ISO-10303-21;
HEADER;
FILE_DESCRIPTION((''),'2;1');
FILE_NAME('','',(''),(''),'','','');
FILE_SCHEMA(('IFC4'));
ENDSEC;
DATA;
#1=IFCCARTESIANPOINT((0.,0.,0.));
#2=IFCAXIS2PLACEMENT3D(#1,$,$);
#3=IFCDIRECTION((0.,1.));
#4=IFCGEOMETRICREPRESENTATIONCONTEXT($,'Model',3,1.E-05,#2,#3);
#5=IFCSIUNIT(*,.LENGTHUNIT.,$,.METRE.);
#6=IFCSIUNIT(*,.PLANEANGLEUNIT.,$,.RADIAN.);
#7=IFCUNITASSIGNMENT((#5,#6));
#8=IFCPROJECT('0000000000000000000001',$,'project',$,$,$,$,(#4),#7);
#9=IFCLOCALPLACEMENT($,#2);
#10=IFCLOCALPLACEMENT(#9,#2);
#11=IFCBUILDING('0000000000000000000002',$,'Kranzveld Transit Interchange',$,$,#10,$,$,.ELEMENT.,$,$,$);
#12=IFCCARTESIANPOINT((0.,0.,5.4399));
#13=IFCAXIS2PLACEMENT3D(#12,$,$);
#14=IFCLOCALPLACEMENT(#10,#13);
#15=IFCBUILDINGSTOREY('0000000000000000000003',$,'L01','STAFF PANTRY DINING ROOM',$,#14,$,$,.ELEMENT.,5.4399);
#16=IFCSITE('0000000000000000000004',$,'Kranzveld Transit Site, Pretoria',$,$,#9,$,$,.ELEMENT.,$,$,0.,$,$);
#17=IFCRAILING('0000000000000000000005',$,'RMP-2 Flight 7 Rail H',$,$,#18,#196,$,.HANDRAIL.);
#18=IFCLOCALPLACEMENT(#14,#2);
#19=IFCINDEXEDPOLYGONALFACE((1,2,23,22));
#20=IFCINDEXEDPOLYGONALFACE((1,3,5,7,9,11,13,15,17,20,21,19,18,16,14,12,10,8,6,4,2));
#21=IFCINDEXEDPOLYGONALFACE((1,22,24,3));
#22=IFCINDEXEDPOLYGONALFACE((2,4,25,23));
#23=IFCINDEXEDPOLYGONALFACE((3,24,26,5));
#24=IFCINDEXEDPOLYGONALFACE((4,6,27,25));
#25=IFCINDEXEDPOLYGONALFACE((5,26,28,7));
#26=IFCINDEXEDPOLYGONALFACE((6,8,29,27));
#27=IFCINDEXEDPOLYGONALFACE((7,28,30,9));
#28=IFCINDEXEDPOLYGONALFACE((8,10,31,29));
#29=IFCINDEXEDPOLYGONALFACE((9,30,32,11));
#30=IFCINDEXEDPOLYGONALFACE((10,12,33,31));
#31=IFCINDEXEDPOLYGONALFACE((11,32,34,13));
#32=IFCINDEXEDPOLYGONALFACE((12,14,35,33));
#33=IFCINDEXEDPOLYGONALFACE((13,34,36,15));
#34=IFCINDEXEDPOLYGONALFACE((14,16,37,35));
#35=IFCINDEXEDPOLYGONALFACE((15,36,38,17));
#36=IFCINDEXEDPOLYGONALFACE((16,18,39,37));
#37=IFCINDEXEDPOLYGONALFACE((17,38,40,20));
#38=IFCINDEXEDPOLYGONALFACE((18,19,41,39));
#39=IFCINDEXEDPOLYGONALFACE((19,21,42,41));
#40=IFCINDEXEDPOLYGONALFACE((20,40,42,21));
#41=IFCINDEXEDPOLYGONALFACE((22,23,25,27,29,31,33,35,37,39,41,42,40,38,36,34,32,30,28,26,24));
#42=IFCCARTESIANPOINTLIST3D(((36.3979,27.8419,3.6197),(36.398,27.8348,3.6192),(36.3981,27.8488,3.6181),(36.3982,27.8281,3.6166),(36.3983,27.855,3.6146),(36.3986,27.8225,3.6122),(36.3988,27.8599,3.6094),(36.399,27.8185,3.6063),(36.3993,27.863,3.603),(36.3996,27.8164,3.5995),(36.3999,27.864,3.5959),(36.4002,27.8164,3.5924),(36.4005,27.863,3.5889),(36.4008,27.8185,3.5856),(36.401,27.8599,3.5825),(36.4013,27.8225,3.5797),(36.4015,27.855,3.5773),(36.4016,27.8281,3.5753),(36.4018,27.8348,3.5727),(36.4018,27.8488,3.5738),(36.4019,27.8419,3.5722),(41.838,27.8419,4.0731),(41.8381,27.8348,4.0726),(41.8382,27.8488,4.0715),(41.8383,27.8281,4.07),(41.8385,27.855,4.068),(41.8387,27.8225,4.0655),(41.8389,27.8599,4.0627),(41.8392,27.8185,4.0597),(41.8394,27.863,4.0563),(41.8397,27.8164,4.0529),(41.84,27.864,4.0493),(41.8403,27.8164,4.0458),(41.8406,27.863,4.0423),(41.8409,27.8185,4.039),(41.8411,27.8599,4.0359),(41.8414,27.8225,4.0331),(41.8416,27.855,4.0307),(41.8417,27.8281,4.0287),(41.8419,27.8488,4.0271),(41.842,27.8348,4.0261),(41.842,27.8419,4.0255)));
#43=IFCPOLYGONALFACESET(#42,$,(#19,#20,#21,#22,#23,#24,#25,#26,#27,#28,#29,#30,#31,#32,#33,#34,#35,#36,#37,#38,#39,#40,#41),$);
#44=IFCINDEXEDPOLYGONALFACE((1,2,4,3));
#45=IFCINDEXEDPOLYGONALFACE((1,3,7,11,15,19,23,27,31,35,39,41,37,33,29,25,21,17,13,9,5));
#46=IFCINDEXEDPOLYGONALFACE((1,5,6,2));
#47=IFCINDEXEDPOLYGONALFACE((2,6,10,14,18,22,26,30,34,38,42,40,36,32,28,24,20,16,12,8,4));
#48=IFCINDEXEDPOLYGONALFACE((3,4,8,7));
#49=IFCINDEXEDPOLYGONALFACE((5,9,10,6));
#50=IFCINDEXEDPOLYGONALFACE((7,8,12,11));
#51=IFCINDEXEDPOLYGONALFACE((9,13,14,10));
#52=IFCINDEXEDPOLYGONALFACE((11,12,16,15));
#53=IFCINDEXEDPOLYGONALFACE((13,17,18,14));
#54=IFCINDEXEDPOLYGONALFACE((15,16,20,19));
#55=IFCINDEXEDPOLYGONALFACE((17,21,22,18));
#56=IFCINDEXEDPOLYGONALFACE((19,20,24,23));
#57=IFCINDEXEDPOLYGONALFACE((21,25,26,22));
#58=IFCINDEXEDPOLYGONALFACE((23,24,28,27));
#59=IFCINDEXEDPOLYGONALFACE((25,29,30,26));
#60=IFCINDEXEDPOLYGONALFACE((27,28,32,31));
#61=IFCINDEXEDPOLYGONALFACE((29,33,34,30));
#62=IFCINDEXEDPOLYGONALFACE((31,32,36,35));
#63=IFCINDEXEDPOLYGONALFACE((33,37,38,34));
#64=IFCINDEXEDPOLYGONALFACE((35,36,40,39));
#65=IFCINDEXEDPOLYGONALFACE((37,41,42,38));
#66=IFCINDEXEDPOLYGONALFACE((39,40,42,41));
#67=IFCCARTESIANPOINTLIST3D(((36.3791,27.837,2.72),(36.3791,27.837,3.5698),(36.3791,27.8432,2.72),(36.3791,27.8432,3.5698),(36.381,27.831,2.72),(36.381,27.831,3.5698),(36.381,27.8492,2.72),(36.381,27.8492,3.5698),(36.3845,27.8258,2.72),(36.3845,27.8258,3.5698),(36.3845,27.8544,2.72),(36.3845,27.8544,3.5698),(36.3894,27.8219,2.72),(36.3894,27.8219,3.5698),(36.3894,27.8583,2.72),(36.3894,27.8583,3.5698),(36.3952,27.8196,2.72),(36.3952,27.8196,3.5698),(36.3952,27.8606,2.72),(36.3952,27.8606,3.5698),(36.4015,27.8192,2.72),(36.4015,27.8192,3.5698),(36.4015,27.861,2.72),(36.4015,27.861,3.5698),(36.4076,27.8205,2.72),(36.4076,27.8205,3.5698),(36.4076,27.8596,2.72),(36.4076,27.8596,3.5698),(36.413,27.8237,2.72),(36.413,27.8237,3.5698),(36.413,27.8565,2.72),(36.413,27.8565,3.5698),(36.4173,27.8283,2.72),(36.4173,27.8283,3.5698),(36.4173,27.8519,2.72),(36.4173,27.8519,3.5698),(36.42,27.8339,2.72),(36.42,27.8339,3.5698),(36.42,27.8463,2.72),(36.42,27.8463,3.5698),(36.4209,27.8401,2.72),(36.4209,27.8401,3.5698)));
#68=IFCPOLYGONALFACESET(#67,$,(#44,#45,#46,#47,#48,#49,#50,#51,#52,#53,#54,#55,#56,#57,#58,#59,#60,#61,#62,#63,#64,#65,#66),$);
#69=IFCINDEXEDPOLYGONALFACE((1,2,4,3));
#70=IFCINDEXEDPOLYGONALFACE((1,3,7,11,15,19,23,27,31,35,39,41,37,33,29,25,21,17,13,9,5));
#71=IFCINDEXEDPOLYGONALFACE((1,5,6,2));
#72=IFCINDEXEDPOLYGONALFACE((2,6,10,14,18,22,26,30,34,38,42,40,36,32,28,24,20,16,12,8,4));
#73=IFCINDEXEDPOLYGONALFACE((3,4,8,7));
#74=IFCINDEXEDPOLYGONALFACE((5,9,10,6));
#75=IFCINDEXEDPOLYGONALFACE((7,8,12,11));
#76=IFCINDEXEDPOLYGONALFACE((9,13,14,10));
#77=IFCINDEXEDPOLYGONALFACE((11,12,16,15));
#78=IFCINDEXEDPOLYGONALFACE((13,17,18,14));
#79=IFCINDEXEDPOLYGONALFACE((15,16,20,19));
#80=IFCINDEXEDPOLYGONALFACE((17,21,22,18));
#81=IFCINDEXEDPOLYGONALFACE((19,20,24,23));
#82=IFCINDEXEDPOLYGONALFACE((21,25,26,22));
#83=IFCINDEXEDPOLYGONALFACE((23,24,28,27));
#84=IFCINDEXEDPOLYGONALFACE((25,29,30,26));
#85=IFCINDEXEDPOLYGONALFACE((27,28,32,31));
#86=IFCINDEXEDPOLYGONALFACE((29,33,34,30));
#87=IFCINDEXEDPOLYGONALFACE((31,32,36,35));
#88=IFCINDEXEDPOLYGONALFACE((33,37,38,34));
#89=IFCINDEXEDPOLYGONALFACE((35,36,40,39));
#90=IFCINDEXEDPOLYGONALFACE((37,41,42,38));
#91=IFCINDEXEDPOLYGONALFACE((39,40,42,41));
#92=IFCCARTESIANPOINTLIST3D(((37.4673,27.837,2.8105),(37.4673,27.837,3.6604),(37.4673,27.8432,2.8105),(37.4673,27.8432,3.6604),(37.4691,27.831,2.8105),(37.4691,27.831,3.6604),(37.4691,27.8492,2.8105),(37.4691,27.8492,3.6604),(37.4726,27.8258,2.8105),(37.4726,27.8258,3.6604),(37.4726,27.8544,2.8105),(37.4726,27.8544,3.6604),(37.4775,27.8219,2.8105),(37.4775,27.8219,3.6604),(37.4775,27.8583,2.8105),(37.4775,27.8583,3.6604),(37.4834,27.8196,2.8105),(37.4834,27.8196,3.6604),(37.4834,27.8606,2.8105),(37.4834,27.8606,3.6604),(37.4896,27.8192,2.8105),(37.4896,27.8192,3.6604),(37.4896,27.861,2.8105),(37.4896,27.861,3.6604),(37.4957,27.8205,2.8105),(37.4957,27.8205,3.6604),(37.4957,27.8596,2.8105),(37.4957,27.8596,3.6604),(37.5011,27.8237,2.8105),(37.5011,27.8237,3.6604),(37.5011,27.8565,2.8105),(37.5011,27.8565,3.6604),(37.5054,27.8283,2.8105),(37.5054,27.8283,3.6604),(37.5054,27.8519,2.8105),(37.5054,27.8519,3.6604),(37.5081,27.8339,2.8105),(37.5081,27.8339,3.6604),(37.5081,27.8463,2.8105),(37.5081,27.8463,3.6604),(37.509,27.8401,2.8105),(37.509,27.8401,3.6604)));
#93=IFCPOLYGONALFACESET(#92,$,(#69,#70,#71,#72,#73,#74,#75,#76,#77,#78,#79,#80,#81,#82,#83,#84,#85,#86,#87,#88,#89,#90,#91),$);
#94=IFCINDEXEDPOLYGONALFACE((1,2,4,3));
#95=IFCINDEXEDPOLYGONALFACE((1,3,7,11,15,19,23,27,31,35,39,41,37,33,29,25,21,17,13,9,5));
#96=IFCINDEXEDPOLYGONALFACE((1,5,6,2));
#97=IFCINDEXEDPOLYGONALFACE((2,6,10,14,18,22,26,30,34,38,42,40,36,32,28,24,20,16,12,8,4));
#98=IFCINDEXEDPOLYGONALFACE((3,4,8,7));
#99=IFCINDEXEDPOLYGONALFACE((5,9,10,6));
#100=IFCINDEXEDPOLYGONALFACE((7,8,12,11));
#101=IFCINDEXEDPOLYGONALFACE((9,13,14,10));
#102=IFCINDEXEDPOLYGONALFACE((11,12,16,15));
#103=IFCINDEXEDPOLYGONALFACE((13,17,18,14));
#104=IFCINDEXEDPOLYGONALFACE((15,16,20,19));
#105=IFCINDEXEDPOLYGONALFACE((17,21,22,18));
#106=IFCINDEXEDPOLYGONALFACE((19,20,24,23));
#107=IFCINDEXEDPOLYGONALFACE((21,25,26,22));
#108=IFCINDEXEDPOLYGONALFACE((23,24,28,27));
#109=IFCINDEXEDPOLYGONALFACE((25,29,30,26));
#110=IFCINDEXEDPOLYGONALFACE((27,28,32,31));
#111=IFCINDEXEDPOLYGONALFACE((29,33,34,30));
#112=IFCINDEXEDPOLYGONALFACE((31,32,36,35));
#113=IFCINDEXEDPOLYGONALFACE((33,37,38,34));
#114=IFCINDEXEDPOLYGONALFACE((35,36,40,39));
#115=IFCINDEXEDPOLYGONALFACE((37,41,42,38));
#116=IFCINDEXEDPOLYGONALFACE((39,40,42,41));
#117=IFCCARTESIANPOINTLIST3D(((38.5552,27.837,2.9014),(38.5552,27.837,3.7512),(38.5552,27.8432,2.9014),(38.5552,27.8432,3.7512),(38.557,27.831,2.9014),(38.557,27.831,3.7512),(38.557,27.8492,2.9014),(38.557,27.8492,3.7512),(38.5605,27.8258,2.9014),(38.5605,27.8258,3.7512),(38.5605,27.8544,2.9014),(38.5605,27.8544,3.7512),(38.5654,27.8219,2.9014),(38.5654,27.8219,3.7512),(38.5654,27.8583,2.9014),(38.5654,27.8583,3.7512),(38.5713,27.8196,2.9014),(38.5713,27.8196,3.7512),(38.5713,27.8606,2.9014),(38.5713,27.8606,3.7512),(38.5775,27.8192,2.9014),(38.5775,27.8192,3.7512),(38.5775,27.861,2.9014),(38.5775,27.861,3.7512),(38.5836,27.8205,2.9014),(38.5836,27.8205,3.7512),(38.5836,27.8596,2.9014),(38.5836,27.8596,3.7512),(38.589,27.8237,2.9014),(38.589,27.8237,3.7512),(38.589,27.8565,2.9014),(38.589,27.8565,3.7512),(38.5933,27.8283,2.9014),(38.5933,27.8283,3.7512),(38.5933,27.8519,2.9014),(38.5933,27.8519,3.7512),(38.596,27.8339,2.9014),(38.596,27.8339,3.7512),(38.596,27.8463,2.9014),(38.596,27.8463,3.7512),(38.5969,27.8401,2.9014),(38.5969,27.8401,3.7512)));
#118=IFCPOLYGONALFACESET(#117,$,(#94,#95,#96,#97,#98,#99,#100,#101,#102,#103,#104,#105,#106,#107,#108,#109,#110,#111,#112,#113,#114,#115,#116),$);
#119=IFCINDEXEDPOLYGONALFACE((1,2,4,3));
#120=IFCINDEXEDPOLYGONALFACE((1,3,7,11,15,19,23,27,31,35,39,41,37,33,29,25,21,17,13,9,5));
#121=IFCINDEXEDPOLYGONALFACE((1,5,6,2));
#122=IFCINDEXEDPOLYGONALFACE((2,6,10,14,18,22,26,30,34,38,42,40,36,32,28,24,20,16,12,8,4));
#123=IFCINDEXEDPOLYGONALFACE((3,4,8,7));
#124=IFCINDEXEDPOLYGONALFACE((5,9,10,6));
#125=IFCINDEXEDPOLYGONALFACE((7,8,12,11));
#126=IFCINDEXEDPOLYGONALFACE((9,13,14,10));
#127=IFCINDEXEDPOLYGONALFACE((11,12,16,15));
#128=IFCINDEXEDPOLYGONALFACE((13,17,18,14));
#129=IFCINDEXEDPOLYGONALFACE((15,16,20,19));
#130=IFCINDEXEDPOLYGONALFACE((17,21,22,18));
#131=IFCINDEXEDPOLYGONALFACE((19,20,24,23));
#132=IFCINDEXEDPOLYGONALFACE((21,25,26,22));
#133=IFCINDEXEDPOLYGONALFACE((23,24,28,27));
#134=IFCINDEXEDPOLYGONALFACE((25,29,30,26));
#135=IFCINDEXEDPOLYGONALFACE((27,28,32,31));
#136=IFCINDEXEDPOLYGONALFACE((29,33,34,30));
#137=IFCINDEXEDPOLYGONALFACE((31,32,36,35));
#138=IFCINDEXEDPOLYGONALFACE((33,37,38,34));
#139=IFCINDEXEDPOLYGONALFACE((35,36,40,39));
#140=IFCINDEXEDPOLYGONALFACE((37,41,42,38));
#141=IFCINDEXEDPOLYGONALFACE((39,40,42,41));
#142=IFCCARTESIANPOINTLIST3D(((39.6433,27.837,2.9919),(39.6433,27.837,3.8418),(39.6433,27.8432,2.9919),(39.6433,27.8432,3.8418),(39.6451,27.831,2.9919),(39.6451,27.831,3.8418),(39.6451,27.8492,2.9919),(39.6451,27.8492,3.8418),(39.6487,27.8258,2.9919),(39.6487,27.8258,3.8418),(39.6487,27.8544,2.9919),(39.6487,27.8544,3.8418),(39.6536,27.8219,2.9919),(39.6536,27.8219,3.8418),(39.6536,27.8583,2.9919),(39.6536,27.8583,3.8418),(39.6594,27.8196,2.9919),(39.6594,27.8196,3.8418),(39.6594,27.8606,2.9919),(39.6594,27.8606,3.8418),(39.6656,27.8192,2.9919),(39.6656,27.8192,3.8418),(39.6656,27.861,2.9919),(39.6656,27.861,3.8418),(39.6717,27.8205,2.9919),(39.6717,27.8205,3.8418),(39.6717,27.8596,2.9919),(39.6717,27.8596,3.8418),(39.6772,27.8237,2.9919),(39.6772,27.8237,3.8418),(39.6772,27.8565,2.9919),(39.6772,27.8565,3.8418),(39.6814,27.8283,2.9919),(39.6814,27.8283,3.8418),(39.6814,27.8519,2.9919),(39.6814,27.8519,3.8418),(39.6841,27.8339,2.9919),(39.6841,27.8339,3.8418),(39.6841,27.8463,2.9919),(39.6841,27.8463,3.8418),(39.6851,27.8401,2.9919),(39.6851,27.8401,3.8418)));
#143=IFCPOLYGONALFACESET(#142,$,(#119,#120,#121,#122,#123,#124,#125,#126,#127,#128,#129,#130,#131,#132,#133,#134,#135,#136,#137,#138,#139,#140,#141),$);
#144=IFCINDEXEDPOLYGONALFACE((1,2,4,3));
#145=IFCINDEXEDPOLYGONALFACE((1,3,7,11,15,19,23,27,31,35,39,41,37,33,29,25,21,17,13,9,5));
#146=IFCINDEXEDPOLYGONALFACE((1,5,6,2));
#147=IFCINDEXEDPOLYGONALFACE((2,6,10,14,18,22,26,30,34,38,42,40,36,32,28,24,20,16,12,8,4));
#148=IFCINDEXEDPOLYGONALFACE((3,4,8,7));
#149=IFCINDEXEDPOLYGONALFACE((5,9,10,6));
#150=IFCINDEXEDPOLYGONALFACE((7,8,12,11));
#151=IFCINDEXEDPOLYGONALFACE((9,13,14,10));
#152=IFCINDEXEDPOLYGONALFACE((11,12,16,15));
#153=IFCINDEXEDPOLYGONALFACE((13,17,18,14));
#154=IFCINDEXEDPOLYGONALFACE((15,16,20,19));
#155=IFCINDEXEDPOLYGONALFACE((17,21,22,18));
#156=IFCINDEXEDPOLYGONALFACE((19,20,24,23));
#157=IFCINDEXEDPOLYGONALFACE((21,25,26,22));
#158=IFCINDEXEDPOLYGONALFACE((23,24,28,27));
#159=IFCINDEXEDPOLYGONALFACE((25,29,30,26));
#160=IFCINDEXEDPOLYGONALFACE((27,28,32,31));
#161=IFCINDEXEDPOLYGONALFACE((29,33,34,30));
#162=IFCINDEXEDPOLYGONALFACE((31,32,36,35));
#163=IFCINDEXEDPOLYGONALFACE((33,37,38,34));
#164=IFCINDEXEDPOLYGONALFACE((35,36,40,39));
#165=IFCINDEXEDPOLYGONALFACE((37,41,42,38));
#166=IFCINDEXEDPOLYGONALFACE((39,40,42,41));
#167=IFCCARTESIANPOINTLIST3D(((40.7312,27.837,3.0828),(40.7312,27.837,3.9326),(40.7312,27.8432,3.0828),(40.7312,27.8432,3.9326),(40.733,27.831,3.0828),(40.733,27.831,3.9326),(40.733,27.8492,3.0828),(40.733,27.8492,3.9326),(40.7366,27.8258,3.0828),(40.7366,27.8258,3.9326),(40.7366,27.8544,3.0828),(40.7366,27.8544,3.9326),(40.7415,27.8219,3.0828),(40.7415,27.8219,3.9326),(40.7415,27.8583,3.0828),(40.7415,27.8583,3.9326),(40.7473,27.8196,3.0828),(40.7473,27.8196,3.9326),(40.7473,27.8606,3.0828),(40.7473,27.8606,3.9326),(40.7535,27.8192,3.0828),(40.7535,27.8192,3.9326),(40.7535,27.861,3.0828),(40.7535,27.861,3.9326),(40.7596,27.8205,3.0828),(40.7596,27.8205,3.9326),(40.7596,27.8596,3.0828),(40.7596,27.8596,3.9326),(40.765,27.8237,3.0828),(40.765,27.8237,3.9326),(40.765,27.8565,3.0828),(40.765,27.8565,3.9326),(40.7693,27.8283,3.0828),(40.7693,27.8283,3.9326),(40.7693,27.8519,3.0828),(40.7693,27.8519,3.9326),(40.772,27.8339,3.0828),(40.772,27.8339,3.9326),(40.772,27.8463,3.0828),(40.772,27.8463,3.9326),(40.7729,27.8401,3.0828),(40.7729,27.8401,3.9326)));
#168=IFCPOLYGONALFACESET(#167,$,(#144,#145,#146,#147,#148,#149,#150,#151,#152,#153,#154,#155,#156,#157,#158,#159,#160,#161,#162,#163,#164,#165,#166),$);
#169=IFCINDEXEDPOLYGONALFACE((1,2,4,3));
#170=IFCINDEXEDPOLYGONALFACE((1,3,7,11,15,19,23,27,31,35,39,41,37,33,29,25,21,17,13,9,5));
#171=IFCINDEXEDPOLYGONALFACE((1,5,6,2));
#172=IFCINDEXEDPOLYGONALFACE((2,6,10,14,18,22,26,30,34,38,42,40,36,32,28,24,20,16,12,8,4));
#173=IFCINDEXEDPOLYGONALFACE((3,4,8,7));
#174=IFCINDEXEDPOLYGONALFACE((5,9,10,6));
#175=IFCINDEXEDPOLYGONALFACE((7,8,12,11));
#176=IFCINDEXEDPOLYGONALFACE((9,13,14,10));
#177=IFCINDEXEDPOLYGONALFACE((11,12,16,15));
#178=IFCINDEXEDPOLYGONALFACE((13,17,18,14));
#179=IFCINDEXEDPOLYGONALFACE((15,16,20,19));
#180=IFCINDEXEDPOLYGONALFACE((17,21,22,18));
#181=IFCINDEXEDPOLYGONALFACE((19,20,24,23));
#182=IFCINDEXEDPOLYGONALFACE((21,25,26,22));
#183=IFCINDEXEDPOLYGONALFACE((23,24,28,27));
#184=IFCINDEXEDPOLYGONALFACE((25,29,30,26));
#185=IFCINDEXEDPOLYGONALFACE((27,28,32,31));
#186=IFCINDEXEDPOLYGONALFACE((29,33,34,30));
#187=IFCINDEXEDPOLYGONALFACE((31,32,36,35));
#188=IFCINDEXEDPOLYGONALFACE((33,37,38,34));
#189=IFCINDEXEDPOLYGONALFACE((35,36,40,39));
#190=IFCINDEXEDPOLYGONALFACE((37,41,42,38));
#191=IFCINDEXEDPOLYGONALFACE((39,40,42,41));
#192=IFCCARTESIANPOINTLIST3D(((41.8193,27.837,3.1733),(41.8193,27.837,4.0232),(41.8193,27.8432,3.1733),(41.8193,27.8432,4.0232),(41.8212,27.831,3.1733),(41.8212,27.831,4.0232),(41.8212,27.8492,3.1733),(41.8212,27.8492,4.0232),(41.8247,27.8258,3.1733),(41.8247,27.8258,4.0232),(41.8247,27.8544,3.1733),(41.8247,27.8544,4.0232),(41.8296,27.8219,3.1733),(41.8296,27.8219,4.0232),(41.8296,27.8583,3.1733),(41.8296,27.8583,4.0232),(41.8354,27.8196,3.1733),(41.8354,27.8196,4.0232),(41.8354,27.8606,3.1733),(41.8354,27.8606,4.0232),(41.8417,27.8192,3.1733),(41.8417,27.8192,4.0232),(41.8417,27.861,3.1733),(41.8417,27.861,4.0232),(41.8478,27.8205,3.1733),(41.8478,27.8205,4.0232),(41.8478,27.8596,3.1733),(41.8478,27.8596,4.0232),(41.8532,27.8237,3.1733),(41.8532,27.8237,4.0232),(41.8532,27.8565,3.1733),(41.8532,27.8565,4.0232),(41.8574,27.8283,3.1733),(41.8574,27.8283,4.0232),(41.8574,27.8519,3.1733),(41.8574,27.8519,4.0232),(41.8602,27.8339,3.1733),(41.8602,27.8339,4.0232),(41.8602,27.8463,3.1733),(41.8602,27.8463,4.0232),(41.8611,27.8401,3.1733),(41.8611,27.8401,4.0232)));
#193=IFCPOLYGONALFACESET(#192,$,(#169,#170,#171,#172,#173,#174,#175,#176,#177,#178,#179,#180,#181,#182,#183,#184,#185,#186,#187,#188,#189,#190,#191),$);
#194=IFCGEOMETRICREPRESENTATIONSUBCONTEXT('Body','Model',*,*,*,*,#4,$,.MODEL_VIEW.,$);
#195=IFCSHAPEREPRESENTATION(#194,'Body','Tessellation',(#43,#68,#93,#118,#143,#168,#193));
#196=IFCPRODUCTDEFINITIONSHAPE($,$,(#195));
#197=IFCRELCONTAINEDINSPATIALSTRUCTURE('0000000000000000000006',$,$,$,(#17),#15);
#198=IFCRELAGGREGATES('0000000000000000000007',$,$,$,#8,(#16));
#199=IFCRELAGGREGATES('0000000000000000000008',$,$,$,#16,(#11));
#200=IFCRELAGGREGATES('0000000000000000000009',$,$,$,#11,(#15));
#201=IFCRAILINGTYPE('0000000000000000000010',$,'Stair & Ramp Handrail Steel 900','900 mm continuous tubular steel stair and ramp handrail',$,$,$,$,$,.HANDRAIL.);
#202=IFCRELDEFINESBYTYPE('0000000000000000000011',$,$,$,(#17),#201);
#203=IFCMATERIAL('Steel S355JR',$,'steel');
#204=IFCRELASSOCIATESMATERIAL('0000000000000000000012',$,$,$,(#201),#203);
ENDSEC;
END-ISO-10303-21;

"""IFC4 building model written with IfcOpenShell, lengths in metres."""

from ifc_helpers import new_model, si_unit, direction, frame, origin, origin_2d, place, context, subcontext, project, spatial, circle, extrude, material, type_object, element, save


model = new_model("IFC4")

# Units and contexts
model_context = context("Model", 3, precision=1e-05, world=origin(), true_north=direction((0.0, 1.0)))
body_context = subcontext(model_context, "Body", "Model", "MODEL_VIEW")
ifc_project = project(units=[si_unit("LENGTHUNIT", "METRE"), si_unit("PLANEANGLEUNIT", "RADIAN")], contexts=[model_context])

# Site, building, storey
site_placement = place(None, origin())
site = spatial("IfcSite", under=ifc_project, at=site_placement, Name="Kranzveld Transit Site, Pretoria", CompositionType="ELEMENT", RefElevation=0.0)
building_placement = place(site_placement, origin())
building = spatial("IfcBuilding", under=site, at=building_placement, Name="Kranzveld Transit Interchange", CompositionType="ELEMENT")
storey_placement = place(building_placement, frame((0.0, 0.0, 5.4399)))
storey = spatial("IfcBuildingStorey", under=building, at=storey_placement, Name="L01", Description="STAFF PANTRY DINING ROOM", CompositionType="ELEMENT", Elevation=5.4399)

# Railing
ifc_material_1 = material(Name="Steel S355JR", Category="steel")
railing_type_1 = type_object("IfcRailingType", Name="Stair & Ramp Handrail Steel 900", Description="900 mm continuous tubular steel stair and ramp handrail", PredefinedType="HANDRAIL", material=ifc_material_1)
for number, where, name in (
    (1, (36.3999, 27.8401, 2.72), "RMP-2 Flight 7 Rail H"),
):
    element("IfcRailing", number, at=place(storey_placement, frame(where)), inside=storey, type_object=railing_type_1, Name=name, PredefinedType="HANDRAIL", context=body_context, shape_type="SweptSolid", body=[
        extrude(circle(Radius=0.0239, at=origin_2d()), frame((0.0, 0.0, 0.876), z_axis=(0.996545, 0.0, 0.083049), x_axis=(0.0, 1.0, 0.0)), (0.0, 0.0, 1.0), 5.459),
        extrude(circle(Radius=0.021, at=origin_2d()), origin(), (0.0, 0.0, 1.0), 0.8499),
        extrude(circle(Radius=0.021, at=origin_2d()), frame((1.0881, 0.0, 0.0906)), (0.0, 0.0, 1.0), 0.8499),
        extrude(circle(Radius=0.021, at=origin_2d()), frame((2.176, 0.0, 0.1814)), (0.0, 0.0, 1.0), 0.8499),
        extrude(circle(Radius=0.021, at=origin_2d()), frame((3.2642, 0.0, 0.272)), (0.0, 0.0, 1.0), 0.8499),
        extrude(circle(Radius=0.021, at=origin_2d()), frame((4.3521, 0.0, 0.3628)), (0.0, 0.0, 1.0), 0.8499),
        extrude(circle(Radius=0.021, at=origin_2d()), frame((5.4402, 0.0, 0.4534)), (0.0, 0.0, 1.0), 0.8499),
    ])

save(model, "model.ifc")
